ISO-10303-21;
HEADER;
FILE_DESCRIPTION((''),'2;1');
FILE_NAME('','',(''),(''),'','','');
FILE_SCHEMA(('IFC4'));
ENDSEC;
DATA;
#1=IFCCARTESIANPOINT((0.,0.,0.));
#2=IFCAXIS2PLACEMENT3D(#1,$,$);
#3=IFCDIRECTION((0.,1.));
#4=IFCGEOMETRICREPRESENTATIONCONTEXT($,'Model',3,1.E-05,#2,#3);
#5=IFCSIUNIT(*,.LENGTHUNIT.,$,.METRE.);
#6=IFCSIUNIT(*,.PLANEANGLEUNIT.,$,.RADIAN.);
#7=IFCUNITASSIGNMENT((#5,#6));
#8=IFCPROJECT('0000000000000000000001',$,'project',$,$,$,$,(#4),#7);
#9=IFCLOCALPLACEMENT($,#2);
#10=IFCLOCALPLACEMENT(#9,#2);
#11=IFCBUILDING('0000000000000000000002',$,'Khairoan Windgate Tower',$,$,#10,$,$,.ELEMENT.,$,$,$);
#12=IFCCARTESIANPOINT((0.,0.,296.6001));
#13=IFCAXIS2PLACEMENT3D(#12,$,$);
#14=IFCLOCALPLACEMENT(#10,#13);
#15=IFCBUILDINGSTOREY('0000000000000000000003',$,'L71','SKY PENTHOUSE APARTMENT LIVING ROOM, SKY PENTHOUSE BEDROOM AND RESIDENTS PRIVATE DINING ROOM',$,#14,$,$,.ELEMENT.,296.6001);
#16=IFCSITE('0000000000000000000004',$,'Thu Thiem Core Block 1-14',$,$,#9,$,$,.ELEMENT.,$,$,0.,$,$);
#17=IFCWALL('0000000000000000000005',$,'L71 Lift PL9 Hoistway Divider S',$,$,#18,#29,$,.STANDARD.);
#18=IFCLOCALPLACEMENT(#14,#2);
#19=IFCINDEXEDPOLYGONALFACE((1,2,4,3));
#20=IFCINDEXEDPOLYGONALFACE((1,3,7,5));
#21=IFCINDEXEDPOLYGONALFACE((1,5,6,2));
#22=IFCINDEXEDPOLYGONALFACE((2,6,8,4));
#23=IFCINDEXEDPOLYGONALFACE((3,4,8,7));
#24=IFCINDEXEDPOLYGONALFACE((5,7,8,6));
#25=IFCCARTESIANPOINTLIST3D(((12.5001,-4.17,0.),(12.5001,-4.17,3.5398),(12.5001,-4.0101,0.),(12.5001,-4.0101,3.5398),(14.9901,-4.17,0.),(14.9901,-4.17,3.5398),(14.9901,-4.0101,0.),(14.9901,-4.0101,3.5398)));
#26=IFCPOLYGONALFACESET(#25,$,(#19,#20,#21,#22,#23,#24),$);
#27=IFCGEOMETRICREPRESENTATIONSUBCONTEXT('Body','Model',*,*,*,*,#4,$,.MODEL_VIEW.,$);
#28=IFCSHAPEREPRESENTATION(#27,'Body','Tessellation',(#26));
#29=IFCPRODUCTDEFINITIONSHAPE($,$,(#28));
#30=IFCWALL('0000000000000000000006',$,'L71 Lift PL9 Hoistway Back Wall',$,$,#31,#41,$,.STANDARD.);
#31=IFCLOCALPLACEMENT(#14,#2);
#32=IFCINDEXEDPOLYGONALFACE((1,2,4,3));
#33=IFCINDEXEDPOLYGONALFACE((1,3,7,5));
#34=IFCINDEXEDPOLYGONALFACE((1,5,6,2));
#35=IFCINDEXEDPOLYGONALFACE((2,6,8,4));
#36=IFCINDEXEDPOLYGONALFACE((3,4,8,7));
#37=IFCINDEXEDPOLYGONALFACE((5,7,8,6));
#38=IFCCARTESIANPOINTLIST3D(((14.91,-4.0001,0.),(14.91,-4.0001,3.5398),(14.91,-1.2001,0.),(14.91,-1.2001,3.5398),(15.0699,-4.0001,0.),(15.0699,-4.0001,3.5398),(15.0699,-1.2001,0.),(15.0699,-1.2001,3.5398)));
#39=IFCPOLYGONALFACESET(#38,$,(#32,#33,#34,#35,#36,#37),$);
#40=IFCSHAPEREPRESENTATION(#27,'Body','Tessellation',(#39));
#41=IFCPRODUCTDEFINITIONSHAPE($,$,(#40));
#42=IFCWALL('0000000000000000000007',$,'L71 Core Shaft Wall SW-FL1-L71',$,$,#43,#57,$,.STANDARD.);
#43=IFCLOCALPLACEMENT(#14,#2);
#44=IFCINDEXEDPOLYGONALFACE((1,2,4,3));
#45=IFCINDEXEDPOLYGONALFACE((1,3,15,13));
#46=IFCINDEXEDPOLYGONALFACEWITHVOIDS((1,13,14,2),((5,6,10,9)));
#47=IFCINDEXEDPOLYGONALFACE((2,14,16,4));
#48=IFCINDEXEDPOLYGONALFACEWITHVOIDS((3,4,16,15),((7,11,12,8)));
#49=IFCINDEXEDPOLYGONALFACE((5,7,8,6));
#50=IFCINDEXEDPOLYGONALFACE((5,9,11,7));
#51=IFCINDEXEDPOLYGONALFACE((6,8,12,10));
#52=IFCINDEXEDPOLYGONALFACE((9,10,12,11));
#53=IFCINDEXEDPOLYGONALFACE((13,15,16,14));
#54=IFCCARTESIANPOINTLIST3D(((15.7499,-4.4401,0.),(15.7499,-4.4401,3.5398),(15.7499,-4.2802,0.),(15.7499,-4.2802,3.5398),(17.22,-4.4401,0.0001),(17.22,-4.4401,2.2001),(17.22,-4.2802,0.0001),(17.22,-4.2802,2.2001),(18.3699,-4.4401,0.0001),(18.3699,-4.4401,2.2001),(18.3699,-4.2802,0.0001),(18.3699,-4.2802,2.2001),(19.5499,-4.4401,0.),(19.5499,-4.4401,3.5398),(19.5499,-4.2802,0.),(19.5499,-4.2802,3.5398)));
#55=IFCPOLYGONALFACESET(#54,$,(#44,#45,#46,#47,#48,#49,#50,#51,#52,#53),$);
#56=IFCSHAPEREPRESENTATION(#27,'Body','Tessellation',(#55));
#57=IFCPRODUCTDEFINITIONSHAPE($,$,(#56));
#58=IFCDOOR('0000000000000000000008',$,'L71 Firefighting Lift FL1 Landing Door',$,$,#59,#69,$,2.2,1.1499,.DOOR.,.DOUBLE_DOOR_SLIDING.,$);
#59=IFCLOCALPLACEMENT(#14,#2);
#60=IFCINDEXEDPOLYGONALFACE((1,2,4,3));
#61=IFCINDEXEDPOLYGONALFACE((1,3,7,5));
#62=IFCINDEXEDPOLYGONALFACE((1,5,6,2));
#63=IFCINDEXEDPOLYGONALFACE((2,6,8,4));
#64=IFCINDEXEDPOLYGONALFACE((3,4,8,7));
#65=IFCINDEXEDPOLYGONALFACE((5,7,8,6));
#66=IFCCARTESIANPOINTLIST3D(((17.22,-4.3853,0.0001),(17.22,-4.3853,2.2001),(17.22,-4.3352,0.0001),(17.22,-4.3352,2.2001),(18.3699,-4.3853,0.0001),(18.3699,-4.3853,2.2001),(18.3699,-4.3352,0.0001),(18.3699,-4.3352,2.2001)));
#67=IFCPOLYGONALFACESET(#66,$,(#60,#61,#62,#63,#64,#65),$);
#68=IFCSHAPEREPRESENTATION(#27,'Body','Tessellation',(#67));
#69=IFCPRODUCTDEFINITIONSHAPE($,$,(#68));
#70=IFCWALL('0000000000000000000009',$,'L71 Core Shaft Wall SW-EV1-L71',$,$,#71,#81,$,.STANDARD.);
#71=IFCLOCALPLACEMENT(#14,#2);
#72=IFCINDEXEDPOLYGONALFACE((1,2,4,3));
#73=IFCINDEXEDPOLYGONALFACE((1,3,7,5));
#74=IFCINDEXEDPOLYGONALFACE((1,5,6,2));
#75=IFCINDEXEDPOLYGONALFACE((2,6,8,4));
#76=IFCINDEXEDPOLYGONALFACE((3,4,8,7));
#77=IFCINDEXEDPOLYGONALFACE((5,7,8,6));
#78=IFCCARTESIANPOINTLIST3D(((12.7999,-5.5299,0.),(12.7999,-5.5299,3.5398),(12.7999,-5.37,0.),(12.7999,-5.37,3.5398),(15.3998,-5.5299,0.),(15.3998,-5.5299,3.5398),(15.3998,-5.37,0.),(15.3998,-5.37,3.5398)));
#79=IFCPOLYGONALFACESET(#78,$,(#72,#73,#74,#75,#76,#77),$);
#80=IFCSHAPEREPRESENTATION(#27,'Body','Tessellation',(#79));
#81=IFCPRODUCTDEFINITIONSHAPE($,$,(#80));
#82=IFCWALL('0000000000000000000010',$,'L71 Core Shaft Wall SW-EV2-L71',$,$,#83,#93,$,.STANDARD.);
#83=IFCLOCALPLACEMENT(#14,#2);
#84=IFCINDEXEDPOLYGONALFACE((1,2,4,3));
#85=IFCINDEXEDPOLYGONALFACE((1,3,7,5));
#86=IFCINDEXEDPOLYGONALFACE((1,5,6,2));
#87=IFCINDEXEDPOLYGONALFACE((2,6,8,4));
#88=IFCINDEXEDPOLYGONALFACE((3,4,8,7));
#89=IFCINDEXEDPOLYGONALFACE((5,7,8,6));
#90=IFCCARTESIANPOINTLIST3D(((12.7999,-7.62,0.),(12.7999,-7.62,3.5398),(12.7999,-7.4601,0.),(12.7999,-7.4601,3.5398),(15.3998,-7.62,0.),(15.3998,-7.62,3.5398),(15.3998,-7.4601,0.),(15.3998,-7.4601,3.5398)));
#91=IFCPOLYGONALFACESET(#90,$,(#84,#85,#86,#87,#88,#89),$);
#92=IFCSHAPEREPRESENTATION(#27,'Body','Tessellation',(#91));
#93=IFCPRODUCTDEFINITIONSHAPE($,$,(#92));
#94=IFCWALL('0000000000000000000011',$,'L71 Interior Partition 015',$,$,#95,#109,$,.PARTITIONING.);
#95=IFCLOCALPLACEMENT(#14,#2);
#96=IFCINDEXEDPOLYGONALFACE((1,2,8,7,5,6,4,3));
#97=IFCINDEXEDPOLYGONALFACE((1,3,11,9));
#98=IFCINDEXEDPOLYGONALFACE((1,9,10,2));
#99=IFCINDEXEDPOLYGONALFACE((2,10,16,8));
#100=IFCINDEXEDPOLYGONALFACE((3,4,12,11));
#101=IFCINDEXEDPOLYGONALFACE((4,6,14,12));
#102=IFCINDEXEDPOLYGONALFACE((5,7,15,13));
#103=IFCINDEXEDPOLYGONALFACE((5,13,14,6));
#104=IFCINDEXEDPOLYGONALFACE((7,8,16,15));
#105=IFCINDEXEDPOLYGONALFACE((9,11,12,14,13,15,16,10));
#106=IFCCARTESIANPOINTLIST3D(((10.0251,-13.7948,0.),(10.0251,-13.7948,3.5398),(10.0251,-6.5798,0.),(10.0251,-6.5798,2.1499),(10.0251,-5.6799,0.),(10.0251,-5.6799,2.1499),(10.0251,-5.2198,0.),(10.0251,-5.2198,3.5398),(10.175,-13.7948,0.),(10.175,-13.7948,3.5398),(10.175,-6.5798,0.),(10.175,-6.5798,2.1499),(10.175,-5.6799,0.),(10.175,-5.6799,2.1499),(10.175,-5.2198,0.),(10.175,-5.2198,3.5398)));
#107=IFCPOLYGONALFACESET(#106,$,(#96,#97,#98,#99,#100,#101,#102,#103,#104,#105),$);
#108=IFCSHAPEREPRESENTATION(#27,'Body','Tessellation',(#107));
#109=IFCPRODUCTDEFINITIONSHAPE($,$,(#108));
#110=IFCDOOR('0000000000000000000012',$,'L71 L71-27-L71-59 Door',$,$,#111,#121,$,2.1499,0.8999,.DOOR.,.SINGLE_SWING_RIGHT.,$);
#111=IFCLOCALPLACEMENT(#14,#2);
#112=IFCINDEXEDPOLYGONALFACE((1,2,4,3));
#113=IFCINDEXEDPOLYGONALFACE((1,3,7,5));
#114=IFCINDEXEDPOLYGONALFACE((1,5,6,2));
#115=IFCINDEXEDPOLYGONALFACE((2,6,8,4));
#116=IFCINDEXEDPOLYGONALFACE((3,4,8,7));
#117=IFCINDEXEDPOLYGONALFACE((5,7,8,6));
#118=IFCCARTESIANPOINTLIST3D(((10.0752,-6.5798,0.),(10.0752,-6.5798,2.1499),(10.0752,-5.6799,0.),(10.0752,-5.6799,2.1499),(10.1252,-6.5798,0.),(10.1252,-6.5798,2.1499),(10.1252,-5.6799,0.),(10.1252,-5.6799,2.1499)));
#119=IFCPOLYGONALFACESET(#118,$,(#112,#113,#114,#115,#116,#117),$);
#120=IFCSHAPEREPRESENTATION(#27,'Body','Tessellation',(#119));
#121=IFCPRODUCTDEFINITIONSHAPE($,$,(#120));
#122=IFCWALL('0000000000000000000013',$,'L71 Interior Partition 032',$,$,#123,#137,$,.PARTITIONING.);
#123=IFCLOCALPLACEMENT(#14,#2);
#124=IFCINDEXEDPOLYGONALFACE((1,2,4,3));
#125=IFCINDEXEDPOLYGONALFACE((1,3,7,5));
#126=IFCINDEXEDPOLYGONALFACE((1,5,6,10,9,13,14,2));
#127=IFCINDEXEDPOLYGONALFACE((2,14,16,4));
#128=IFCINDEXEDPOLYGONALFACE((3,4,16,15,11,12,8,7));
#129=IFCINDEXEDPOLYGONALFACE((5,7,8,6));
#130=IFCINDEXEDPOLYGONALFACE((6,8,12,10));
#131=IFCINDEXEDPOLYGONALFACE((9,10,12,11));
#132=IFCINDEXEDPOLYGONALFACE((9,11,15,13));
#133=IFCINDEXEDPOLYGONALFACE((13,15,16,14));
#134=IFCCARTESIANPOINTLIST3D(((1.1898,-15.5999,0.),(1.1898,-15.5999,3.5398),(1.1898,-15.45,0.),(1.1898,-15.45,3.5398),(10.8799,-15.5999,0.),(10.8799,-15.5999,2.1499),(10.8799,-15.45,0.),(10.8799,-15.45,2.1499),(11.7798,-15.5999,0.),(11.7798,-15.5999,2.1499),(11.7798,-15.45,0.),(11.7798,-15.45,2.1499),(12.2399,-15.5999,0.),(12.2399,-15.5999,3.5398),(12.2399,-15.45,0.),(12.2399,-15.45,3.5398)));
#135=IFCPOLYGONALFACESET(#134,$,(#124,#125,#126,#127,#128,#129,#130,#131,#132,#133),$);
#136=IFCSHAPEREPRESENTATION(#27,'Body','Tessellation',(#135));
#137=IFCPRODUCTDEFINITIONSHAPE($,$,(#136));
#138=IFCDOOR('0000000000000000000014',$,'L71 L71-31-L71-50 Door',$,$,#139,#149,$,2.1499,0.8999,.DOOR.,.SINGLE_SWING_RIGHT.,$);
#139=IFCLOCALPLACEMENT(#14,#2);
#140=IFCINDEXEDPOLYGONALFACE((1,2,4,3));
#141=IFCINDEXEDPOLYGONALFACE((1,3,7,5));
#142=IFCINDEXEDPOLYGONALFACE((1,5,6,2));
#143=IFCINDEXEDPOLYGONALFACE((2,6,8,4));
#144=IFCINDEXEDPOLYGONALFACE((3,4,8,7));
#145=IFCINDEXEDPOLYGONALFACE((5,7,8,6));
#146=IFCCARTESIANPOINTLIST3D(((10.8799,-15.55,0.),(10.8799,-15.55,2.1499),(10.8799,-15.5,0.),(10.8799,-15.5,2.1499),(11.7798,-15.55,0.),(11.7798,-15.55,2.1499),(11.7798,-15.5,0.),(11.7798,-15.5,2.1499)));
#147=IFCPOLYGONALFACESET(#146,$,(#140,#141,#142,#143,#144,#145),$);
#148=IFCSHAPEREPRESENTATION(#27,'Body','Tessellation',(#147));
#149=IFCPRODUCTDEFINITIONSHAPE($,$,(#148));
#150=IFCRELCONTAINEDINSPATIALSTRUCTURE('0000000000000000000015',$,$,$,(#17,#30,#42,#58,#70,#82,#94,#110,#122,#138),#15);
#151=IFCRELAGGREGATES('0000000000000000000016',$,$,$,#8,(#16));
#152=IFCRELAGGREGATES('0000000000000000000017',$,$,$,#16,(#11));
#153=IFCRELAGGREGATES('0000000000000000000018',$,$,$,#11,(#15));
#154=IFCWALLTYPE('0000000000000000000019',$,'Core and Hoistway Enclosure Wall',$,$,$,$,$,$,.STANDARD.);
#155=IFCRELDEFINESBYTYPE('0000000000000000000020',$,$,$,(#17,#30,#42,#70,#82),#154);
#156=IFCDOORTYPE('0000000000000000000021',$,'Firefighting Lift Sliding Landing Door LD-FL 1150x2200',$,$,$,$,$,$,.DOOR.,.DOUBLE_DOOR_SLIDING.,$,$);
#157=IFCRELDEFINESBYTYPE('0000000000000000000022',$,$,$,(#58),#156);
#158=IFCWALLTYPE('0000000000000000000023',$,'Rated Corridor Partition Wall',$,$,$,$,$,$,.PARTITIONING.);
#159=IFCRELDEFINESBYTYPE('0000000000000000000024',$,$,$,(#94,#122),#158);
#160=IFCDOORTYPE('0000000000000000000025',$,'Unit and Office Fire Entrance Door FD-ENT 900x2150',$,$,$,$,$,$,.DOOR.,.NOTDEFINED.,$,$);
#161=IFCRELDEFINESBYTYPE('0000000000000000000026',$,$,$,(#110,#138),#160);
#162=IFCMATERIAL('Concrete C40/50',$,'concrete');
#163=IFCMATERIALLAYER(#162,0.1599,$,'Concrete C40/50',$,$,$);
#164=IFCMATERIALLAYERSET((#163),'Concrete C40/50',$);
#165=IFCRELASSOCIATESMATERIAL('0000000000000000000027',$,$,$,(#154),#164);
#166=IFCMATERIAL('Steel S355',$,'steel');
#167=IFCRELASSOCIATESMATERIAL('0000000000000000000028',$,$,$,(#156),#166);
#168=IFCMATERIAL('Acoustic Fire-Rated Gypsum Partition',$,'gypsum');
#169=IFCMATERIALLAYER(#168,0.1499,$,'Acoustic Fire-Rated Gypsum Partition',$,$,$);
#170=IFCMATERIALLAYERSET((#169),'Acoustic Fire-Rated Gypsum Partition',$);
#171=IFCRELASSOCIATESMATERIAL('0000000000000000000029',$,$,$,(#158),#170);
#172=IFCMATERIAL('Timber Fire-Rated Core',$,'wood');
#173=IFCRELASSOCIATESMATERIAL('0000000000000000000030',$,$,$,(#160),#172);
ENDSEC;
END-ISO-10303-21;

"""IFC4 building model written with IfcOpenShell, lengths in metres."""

from ifc_helpers import new_model, si_unit, direction, frame, frame_2d, origin, place, context, subcontext, project, spatial, rectangle, extrude, material, layer, layer_set, type_object, element, fill, save


model = new_model("IFC4")

# Units and contexts
model_context = context("Model", 3, precision=1e-05, world=origin(), true_north=direction((0.0, 1.0)))
body_context = subcontext(model_context, "Body", "Model", "MODEL_VIEW")
ifc_project = project(units=[si_unit("LENGTHUNIT", "METRE"), si_unit("PLANEANGLEUNIT", "RADIAN")], contexts=[model_context])

# Site, building, storey
site_placement = place(None, origin())
site = spatial("IfcSite", under=ifc_project, at=site_placement, Name="Thu Thiem Core Block 1-14", CompositionType="ELEMENT", RefElevation=0.0)
building_placement = place(site_placement, origin())
building = spatial("IfcBuilding", under=site, at=building_placement, Name="Khairoan Windgate Tower", CompositionType="ELEMENT")
storey_placement = place(building_placement, frame((0.0, 0.0, 296.6001)))
storey = spatial("IfcBuildingStorey", under=building, at=storey_placement, Name="L71", Description="SKY PENTHOUSE APARTMENT LIVING ROOM, SKY PENTHOUSE BEDROOM AND RESIDENTS PRIVATE DINING ROOM", CompositionType="ELEMENT", Elevation=296.6001)

# Walls
ifc_material_1 = material(Name="Concrete C40/50", Category="concrete")
ifc_layer_1 = layer(ifc_material_1, 0.1599, Name="Concrete C40/50")
ifc_layer_set_1 = layer_set([ifc_layer_1], Name="Concrete C40/50")
wall_type_1 = type_object("IfcWallType", Name="Core and Hoistway Enclosure Wall", PredefinedType="STANDARD", material=ifc_layer_set_1)
wall_1_placement = place(storey_placement, frame((12.5, -4.0901, 0.0), z_axis=(0.0, 0.0, 1.0), x_axis=(1.0, 0.0, 0.0)))
element("IfcWall", 1, at=wall_1_placement, inside=storey, type_object=wall_type_1, Name="L71 Lift PL9 Hoistway Divider S", PredefinedType="STANDARD", context=body_context, shape_type="SweptSolid", body=[
    extrude(rectangle(XDim=2.49, YDim=0.1599, at=frame_2d((1.2451, 0.0))), origin(), (0.0, 0.0, 1.0), 3.5398),
])
wall_2_placement = place(storey_placement, frame((14.99, -4.0, 0.0), z_axis=(0.0, 0.0, 1.0), x_axis=(0.0, 1.0, 0.0)))
element("IfcWall", 2, at=wall_2_placement, inside=storey, type_object=wall_type_1, Name="L71 Lift PL9 Hoistway Back Wall", PredefinedType="STANDARD", context=body_context, shape_type="SweptSolid", body=[
    extrude(rectangle(XDim=2.8, YDim=0.1599, at=frame_2d((1.3999, 0.0))), origin(), (0.0, 0.0, 1.0), 3.5398),
])

# Wall, opening, door
wall_3_placement = place(storey_placement, frame((15.75, -4.3601, 0.0), z_axis=(0.0, 0.0, 1.0), x_axis=(1.0, 0.0, 0.0)))
wall_3 = element("IfcWall", 3, at=wall_3_placement, inside=storey, type_object=wall_type_1, Name="L71 Core Shaft Wall SW-FL1-L71", PredefinedType="STANDARD", context=body_context, shape_type="SweptSolid", body=[
    extrude(rectangle(XDim=3.8, YDim=0.1599, at=frame_2d((1.8999, 0.0))), origin(), (0.0, 0.0, 1.0), 3.5398),
])
opening_1_placement = place(wall_3_placement, frame((1.47, 0.0, 0.0)))
opening_1 = element("IfcOpeningElement", 4, at=opening_1_placement, cuts=wall_3, PredefinedType="OPENING", context=body_context, shape_type="SweptSolid", body=[
    extrude(rectangle(XDim=1.1499, YDim=2.2, at=frame_2d((0.575, 1.1001))), frame((0.0, 0.0898, 0.0), z_axis=(0.0, -1.0, 0.0), x_axis=(1.0, 0.0, 0.0)), (0.0, 0.0, 1.0), 0.1799),
])
ifc_material_2 = material(Name="Steel S355", Category="steel")
door_type_1 = type_object("IfcDoorType", Name="Firefighting Lift Sliding Landing Door LD-FL 1150x2200", OperationType="DOUBLE_DOOR_SLIDING", PredefinedType="DOOR", material=ifc_material_2)
door_1_placement = place(opening_1_placement, origin())
door_1 = element("IfcDoor", 5, at=door_1_placement, inside=storey, type_object=door_type_1, Name="L71 Firefighting Lift FL1 Landing Door", OperationType="DOUBLE_DOOR_SLIDING", OverallHeight=2.2, OverallWidth=1.1499, PredefinedType="DOOR", context=body_context, shape_type="SweptSolid", body=[
    extrude(rectangle(XDim=1.1499, YDim=2.2, at=frame_2d((0.575, 1.1001))), frame((0.0, 0.0249, 0.0), z_axis=(0.0, -1.0, 0.0), x_axis=(1.0, 0.0, 0.0)), (0.0, 0.0, 1.0), 0.05),
])
fill(opening_1, door_1)

# Walls
for number, where, z_axis, x_axis, name in (
    (6, (12.8, -5.45, 0.0), (0.0, 0.0, 1.0), (1.0, 0.0, 0.0), "L71 Core Shaft Wall SW-EV1-L71"),
    (7, (12.8, -7.54, 0.0), (0.0, 0.0, 1.0), (1.0, 0.0, 0.0), "L71 Core Shaft Wall SW-EV2-L71"),
):
    element("IfcWall", number, at=place(storey_placement, frame(where, z_axis=z_axis, x_axis=x_axis)), inside=storey, type_object=wall_type_1, Name=name, PredefinedType="STANDARD", context=body_context, shape_type="SweptSolid", body=[
        extrude(rectangle(XDim=2.5999, YDim=0.1599, at=frame_2d((1.2998, 0.0))), origin(), (0.0, 0.0, 1.0), 3.5398),
    ])

# Walls, openings, doors
ifc_material_3 = material(Name="Acoustic Fire-Rated Gypsum Partition", Category="gypsum")
ifc_layer_2 = layer(ifc_material_3, 0.1499, Name="Acoustic Fire-Rated Gypsum Partition")
ifc_layer_set_2 = layer_set([ifc_layer_2], Name="Acoustic Fire-Rated Gypsum Partition")
wall_type_2 = type_object("IfcWallType", Name="Rated Corridor Partition Wall", PredefinedType="PARTITIONING", material=ifc_layer_set_2)
wall_4_placement = place(storey_placement, frame((10.1001, -13.7949, 0.0), z_axis=(0.0, 0.0, 1.0), x_axis=(0.0, 1.0, 0.0)))
wall_4 = element("IfcWall", 8, at=wall_4_placement, inside=storey, type_object=wall_type_2, Name="L71 Interior Partition 015", PredefinedType="PARTITIONING", context=body_context, shape_type="SweptSolid", body=[
    extrude(rectangle(XDim=8.575, YDim=0.1499, at=frame_2d((4.2876, 0.0))), origin(), (0.0, 0.0, 1.0), 3.5398),
])
opening_2_placement = place(wall_4_placement, frame((7.2151, 0.0, 0.0)))
opening_2 = element("IfcOpeningElement", 9, at=opening_2_placement, cuts=wall_4, PredefinedType="OPENING", context=body_context, shape_type="SweptSolid", body=[
    extrude(rectangle(XDim=0.8999, YDim=2.1499, at=frame_2d((0.45, 1.075))), frame((0.0, 0.085, 0.0), z_axis=(0.0, -1.0, 0.0), x_axis=(1.0, 0.0, 0.0)), (0.0, 0.0, 1.0), 0.1699),
])
ifc_material_4 = material(Name="Timber Fire-Rated Core", Category="wood")
door_type_2 = type_object("IfcDoorType", Name="Unit and Office Fire Entrance Door FD-ENT 900x2150", OperationType="NOTDEFINED", PredefinedType="DOOR", material=ifc_material_4)
door_2_placement = place(opening_2_placement, origin())
door_2 = element("IfcDoor", 10, at=door_2_placement, inside=storey, type_object=door_type_2, Name="L71 L71-27-L71-59 Door", OperationType="SINGLE_SWING_RIGHT", OverallHeight=2.1499, OverallWidth=0.8999, PredefinedType="DOOR", context=body_context, shape_type="SweptSolid", body=[
    extrude(rectangle(XDim=0.8999, YDim=2.1499, at=frame_2d((0.45, 1.075))), frame((0.0, 0.0249, 0.0), z_axis=(0.0, -1.0, 0.0), x_axis=(1.0, 0.0, 0.0)), (0.0, 0.0, 1.0), 0.05),
])
fill(opening_2, door_2)
wall_5_placement = place(storey_placement, frame((1.1899, -15.5249, 0.0), z_axis=(0.0, 0.0, 1.0), x_axis=(1.0, 0.0, 0.0)))
wall_5 = element("IfcWall", 11, at=wall_5_placement, inside=storey, type_object=wall_type_2, Name="L71 Interior Partition 032", PredefinedType="PARTITIONING", context=body_context, shape_type="SweptSolid", body=[
    extrude(rectangle(XDim=11.05, YDim=0.1499, at=frame_2d((5.5249, 0.0))), origin(), (0.0, 0.0, 1.0), 3.5398),
])
opening_3_placement = place(wall_5_placement, frame((9.6899, 0.0, 0.0)))
opening_3 = element("IfcOpeningElement", 12, at=opening_3_placement, cuts=wall_5, PredefinedType="OPENING", context=body_context, shape_type="SweptSolid", body=[
    extrude(rectangle(XDim=0.8999, YDim=2.1499, at=frame_2d((0.45, 1.075))), frame((0.0, 0.085, 0.0), z_axis=(0.0, -1.0, 0.0), x_axis=(1.0, 0.0, 0.0)), (0.0, 0.0, 1.0), 0.1699),
])
door_3_placement = place(opening_3_placement, origin())
door_3 = element("IfcDoor", 13, at=door_3_placement, inside=storey, type_object=door_type_2, Name="L71 L71-31-L71-50 Door", OperationType="SINGLE_SWING_RIGHT", OverallHeight=2.1499, OverallWidth=0.8999, PredefinedType="DOOR", context=body_context, shape_type="SweptSolid", body=[
    extrude(rectangle(XDim=0.8999, YDim=2.1499, at=frame_2d((0.45, 1.075))), frame((0.0, 0.0249, 0.0), z_axis=(0.0, -1.0, 0.0), x_axis=(1.0, 0.0, 0.0)), (0.0, 0.0, 1.0), 0.05),
])
fill(opening_3, door_3)

save(model, "model.ifc")
